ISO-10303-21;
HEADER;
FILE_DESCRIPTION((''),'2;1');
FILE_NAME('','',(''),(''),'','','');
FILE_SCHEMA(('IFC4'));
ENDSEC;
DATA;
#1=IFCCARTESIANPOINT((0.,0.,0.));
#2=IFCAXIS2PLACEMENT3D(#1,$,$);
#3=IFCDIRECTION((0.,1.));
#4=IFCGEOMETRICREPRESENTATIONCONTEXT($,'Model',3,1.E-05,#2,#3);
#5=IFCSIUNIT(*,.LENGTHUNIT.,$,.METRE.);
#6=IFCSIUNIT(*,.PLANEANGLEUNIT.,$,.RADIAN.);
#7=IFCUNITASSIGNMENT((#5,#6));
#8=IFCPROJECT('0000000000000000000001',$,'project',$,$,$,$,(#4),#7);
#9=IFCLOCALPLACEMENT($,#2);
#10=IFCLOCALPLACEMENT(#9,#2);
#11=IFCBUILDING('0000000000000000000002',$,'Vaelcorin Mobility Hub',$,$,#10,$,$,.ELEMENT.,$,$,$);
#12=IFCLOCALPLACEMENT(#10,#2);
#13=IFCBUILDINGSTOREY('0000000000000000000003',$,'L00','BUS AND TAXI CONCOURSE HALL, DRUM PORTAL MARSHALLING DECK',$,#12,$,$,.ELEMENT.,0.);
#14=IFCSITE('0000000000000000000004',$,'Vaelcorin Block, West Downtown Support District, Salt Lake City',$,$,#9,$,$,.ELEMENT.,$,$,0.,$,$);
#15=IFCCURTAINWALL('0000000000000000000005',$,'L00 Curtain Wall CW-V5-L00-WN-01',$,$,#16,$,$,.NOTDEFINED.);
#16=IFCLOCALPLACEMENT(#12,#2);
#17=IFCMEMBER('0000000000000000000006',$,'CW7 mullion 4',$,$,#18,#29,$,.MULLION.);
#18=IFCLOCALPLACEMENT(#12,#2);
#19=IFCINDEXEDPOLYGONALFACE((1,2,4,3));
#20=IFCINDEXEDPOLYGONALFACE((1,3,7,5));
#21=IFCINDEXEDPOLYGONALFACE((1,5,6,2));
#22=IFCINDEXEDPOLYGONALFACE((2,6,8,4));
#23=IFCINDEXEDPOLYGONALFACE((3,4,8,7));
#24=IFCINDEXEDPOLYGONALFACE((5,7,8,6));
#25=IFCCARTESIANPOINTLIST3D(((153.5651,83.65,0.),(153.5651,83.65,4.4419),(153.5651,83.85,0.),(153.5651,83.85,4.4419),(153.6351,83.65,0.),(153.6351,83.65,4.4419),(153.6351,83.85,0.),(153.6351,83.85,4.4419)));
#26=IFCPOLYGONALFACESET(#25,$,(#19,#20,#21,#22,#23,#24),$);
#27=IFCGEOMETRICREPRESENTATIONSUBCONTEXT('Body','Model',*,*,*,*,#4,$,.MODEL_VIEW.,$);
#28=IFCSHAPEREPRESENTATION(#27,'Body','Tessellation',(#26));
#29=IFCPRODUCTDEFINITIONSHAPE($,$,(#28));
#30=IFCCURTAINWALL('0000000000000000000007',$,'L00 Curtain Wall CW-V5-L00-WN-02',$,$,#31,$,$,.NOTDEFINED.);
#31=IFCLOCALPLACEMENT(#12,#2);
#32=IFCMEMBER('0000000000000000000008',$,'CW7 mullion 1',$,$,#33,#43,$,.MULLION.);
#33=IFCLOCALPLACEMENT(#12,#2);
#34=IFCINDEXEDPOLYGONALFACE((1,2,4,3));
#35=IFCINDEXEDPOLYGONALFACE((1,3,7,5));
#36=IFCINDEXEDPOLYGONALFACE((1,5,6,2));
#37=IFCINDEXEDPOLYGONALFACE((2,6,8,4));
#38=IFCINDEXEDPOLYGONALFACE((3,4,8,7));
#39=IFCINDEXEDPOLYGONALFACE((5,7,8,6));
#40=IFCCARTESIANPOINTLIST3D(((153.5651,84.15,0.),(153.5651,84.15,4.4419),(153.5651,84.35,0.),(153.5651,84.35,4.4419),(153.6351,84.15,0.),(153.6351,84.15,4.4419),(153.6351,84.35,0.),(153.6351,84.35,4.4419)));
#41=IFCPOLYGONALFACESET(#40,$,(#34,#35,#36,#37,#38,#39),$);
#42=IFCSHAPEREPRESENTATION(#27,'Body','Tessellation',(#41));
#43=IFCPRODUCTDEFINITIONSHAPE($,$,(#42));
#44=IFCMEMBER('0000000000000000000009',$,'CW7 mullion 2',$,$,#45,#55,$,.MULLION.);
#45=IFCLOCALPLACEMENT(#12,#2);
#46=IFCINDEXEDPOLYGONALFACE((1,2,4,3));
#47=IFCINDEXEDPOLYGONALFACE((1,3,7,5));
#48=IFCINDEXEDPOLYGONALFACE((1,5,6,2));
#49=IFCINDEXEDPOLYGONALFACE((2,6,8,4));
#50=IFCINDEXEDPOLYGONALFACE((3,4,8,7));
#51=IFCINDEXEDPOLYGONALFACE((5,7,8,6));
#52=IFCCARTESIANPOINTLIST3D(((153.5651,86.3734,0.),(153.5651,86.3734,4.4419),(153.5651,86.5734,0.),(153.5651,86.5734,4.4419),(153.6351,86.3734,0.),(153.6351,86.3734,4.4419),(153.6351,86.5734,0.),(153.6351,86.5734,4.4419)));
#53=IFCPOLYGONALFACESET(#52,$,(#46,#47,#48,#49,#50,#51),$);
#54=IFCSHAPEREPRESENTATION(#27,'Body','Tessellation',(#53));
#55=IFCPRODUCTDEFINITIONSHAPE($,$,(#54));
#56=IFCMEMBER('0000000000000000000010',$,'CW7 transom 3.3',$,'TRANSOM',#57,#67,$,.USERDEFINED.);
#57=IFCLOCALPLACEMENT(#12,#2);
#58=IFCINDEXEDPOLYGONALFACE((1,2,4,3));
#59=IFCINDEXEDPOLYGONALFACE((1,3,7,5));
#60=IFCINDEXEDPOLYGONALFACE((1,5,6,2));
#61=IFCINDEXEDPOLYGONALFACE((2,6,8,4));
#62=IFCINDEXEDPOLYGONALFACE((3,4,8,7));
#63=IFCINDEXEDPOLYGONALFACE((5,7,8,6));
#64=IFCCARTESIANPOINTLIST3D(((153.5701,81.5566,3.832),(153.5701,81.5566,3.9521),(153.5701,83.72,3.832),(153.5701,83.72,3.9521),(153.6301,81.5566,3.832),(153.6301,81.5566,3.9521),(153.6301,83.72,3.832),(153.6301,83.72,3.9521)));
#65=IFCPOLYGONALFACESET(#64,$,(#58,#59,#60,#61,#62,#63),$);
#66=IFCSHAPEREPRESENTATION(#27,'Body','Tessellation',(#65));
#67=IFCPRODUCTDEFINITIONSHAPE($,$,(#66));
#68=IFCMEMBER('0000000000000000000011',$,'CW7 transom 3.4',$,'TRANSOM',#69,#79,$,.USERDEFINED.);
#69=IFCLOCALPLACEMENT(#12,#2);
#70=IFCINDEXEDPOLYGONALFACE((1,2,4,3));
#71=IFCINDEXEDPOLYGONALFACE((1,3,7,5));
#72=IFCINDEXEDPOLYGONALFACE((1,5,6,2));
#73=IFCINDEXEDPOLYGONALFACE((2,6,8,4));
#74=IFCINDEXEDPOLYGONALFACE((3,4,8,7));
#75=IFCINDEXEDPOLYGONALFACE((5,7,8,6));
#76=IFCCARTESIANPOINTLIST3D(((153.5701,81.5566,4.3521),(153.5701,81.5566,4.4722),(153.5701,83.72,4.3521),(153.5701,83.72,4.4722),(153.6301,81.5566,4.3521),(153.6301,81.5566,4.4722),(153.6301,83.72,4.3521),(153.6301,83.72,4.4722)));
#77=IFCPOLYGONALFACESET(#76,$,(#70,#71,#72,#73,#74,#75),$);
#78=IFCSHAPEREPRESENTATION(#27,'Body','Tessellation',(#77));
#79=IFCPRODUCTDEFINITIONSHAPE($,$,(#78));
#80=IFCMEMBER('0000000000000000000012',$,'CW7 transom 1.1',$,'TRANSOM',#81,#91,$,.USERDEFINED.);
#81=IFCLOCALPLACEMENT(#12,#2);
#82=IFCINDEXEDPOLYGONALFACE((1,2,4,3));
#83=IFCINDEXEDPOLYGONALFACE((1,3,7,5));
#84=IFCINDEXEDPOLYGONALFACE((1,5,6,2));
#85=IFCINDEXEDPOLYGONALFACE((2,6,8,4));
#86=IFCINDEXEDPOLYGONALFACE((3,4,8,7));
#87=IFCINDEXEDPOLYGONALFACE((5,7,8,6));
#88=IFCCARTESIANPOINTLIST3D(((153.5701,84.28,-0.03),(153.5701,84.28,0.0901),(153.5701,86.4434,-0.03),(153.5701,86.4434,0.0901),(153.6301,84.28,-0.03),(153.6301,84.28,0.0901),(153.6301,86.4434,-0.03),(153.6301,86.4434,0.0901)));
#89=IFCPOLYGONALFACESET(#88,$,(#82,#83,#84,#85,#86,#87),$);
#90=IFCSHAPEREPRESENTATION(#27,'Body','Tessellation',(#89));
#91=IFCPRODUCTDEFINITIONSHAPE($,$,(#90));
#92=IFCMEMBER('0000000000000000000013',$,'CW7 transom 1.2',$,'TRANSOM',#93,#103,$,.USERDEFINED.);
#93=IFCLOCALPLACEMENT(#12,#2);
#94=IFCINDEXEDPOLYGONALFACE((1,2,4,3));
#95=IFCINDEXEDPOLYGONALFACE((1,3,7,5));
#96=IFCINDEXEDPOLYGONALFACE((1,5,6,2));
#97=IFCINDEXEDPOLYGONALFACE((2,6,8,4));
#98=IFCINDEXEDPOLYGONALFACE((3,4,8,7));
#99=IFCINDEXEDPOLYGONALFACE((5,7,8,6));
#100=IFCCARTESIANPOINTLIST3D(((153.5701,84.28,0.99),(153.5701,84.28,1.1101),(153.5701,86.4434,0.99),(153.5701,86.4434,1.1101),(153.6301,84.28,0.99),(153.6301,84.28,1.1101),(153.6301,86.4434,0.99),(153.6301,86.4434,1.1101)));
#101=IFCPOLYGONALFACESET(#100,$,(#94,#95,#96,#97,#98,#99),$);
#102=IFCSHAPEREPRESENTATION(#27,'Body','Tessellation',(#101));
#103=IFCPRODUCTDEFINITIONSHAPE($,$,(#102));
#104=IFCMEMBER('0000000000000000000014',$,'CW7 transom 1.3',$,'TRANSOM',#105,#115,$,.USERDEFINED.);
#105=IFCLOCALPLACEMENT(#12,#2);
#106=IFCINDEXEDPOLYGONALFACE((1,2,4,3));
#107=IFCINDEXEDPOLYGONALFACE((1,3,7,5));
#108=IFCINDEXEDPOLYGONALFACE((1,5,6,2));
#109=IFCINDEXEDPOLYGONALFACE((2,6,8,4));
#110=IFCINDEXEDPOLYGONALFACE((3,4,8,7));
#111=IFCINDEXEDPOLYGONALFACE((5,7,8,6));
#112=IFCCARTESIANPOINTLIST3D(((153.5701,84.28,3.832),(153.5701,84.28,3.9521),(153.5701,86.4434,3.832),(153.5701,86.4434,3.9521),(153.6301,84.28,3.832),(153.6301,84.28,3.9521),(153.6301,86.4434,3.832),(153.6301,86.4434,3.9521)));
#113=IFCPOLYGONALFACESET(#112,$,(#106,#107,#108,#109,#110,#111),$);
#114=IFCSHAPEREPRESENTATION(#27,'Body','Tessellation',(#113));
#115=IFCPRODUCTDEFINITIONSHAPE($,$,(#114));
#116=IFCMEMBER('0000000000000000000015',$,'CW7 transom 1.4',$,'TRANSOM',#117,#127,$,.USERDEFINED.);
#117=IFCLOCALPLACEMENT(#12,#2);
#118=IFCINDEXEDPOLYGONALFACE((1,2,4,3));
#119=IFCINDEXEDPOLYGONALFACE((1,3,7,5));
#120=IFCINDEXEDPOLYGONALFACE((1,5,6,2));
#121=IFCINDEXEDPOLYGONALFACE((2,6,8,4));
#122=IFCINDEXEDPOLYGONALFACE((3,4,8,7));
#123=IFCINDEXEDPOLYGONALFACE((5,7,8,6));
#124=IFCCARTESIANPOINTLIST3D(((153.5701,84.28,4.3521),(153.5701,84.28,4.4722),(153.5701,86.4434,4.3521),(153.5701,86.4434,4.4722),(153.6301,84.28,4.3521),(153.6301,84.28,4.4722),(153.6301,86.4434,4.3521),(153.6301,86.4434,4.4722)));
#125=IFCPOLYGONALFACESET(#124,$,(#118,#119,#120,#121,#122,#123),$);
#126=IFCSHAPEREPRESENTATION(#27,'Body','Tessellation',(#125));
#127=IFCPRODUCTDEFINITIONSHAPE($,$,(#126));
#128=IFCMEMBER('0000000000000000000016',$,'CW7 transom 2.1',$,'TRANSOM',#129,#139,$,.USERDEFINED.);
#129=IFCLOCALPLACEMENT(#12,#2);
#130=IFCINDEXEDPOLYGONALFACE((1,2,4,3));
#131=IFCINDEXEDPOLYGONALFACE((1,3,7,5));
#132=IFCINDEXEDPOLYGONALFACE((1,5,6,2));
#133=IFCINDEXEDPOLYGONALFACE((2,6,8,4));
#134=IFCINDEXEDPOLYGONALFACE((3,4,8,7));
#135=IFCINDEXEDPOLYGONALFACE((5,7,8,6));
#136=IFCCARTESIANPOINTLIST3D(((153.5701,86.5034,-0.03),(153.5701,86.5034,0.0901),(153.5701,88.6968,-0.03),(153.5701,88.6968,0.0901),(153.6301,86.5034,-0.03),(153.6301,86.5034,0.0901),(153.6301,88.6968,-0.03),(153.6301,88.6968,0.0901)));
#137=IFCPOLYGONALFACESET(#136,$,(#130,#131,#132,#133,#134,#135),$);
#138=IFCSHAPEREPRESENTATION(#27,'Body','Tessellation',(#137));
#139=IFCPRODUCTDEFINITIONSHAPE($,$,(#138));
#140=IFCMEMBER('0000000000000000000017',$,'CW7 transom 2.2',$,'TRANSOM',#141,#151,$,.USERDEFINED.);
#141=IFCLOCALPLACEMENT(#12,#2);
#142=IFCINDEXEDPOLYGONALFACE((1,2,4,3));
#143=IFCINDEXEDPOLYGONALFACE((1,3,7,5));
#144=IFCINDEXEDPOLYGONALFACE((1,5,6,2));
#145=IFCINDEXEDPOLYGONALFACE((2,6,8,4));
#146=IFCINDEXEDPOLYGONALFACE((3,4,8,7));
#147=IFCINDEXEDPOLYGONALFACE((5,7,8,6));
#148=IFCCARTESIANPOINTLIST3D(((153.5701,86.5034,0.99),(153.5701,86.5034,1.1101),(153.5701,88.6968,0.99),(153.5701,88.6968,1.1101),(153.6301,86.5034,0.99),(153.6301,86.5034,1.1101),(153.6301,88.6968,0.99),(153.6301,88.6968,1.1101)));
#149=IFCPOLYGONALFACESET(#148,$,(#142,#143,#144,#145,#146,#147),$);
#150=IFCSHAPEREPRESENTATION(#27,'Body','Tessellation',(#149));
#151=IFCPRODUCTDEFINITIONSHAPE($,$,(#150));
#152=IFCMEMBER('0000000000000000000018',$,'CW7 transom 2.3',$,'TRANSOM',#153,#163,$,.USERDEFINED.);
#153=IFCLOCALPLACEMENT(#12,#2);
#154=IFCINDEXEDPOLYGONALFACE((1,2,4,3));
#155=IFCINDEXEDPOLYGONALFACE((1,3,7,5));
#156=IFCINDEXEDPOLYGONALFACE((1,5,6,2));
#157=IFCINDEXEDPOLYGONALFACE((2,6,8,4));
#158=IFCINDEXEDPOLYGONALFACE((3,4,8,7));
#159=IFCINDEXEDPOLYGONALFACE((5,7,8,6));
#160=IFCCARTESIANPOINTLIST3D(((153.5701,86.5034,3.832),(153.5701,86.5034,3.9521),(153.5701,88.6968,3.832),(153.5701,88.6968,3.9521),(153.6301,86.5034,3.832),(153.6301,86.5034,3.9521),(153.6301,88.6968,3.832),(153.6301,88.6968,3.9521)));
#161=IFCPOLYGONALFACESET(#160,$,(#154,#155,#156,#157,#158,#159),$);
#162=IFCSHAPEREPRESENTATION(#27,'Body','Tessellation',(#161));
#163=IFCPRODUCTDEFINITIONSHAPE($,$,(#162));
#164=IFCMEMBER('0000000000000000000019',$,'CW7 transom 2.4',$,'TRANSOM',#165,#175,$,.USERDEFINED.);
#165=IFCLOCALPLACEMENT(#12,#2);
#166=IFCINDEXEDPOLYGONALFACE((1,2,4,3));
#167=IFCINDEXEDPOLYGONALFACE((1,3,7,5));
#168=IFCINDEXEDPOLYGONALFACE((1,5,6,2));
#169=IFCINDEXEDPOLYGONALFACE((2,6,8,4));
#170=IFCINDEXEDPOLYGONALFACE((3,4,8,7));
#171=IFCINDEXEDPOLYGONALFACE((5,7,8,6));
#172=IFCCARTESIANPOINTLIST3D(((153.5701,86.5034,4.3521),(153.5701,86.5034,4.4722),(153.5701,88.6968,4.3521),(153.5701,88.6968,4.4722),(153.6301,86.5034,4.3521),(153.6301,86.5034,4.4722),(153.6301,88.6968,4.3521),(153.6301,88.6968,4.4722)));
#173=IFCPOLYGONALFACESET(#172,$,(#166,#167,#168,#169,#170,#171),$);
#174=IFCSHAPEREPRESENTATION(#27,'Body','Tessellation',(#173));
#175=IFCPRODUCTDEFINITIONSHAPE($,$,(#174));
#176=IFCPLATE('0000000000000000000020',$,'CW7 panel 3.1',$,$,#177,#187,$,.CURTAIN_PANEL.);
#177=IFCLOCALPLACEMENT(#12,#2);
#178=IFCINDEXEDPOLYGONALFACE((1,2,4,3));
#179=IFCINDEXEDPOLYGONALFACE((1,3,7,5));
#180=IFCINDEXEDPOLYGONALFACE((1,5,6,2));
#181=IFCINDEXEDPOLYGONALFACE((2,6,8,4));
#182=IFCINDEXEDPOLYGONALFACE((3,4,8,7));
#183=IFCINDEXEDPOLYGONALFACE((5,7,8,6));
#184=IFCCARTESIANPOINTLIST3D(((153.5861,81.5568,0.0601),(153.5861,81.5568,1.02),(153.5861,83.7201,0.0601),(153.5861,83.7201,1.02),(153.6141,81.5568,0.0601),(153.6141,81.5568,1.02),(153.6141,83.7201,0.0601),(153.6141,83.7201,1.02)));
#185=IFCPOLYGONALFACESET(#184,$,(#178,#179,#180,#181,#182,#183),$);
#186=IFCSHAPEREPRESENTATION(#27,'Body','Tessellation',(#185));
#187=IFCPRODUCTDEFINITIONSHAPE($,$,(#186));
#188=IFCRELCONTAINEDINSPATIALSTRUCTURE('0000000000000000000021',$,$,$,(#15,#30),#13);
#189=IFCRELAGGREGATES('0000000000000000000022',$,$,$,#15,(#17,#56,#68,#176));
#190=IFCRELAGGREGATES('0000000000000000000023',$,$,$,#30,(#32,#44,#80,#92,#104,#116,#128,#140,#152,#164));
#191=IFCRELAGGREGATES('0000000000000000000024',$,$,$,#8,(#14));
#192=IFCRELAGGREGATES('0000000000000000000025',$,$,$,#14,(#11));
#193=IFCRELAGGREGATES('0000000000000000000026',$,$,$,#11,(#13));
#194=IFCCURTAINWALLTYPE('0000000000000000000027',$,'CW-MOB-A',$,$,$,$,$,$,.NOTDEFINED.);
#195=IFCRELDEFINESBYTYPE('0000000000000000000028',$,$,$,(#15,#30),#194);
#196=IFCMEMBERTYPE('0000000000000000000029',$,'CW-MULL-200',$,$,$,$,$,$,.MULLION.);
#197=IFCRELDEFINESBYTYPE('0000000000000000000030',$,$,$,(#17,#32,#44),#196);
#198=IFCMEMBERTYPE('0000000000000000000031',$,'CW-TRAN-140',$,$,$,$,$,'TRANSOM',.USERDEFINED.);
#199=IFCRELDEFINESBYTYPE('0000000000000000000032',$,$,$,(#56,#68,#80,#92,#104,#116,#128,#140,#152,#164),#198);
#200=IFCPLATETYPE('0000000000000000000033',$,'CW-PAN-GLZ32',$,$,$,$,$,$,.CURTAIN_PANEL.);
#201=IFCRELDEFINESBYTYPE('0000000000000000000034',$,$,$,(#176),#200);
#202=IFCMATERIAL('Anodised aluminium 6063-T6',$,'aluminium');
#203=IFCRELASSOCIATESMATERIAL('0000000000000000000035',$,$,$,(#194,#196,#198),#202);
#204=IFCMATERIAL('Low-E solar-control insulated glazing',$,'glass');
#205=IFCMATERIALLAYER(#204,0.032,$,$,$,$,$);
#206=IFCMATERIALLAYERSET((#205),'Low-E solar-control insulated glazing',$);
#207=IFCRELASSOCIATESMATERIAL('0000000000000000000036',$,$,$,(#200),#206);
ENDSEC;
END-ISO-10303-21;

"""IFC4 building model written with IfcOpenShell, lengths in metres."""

from ifc_helpers import new_model, si_unit, direction, frame, origin, origin_2d, place, context, subcontext, project, spatial, rectangle, extrude, material, layer, layer_set, material_profile, profile_set, type_object, element, aggregate, save


model = new_model("IFC4")

# Units and contexts
model_context = context("Model", 3, precision=1e-05, world=origin(), true_north=direction((0.0, 1.0)))
body_context = subcontext(model_context, "Body", "Model", "MODEL_VIEW")
ifc_project = project(units=[si_unit("LENGTHUNIT", "METRE"), si_unit("PLANEANGLEUNIT", "RADIAN")], contexts=[model_context])

# Site, building, storey
site_placement = place(None, origin())
site = spatial("IfcSite", under=ifc_project, at=site_placement, Name="Vaelcorin Block, West Downtown Support District, Salt Lake City", CompositionType="ELEMENT", RefElevation=0.0)
building_placement = place(site_placement, origin())
building = spatial("IfcBuilding", under=site, at=building_placement, Name="Vaelcorin Mobility Hub", CompositionType="ELEMENT")
storey_placement = place(building_placement, origin())
storey = spatial("IfcBuildingStorey", under=building, at=storey_placement, Name="L00", Description="BUS AND TAXI CONCOURSE HALL, DRUM PORTAL MARSHALLING DECK", CompositionType="ELEMENT", Elevation=0.0)

# Curtain wall, member
ifc_material_1 = material(Name="Anodised aluminium 6063-T6", Category="aluminium")
curtain_wall_type = type_object("IfcCurtainWallType", Name="CW-MOB-A", PredefinedType="NOTDEFINED", material=ifc_material_1)
curtain_wall_1_placement = place(storey_placement, origin())
curtain_wall_1 = element("IfcCurtainWall", 1, at=curtain_wall_1_placement, inside=storey, type_object=curtain_wall_type, Name="L00 Curtain Wall CW-V5-L00-WN-01", PredefinedType="NOTDEFINED")
ifc_material_profile_1 = material_profile(ifc_material_1, rectangle(XDim=0.0701, YDim=0.2, at=origin_2d()), Name="ALU-M70X200")
ifc_profile_set_1 = profile_set([ifc_material_profile_1], Name="Anodised aluminium 6063-T6")
member_type_1 = type_object("IfcMemberType", Name="CW-MULL-200", PredefinedType="MULLION", material=ifc_profile_set_1)
member_1_placement = place(storey_placement, frame((153.6001, 83.75, 0.0), z_axis=(0.0, 0.0, 1.0), x_axis=(-1.0, 0.0, 0.0)))
member_1 = element("IfcMember", 2, at=member_1_placement, type_object=member_type_1, Name="CW7 mullion 4", PredefinedType="MULLION", context=body_context, shape_type="SweptSolid", body=[
    extrude(rectangle(XDim=0.0701, YDim=0.2, at=origin_2d()), origin(), (0.0, 0.0, 1.0), 4.4419),
])

# Curtain wall, members
curtain_wall_2_placement = place(storey_placement, origin())
curtain_wall_2 = element("IfcCurtainWall", 3, at=curtain_wall_2_placement, inside=storey, type_object=curtain_wall_type, Name="L00 Curtain Wall CW-V5-L00-WN-02", PredefinedType="NOTDEFINED")
member_2_placement = place(storey_placement, frame((153.6001, 84.25, 0.0), z_axis=(0.0, 0.0, 1.0), x_axis=(-1.0, 0.0, 0.0)))
member_2 = element("IfcMember", 4, at=member_2_placement, type_object=member_type_1, Name="CW7 mullion 1", PredefinedType="MULLION", context=body_context, shape_type="SweptSolid", body=[
    extrude(rectangle(XDim=0.0701, YDim=0.2, at=origin_2d()), origin(), (0.0, 0.0, 1.0), 4.4419),
])
member_3_placement = place(storey_placement, frame((153.6001, 86.4734, 0.0), z_axis=(0.0, 0.0, 1.0), x_axis=(-1.0, 0.0, 0.0)))
member_3 = element("IfcMember", 5, at=member_3_placement, type_object=member_type_1, Name="CW7 mullion 2", PredefinedType="MULLION", context=body_context, shape_type="SweptSolid", body=[
    extrude(rectangle(XDim=0.0701, YDim=0.2, at=origin_2d()), origin(), (0.0, 0.0, 1.0), 4.4419),
])

# Members
ifc_material_profile_2 = material_profile(ifc_material_1, rectangle(XDim=0.0601, YDim=0.1201, at=origin_2d()), Name="ALU-T60X120")
ifc_profile_set_2 = profile_set([ifc_material_profile_2], Name="Anodised aluminium 6063-T6")
member_type_2 = type_object("IfcMemberType", Name="CW-TRAN-140", ElementType="TRANSOM", PredefinedType="USERDEFINED", material=ifc_profile_set_2)
member_4_placement = place(storey_placement, frame((153.6001, 81.5566, 3.8921), z_axis=(0.0, 1.0, 0.0), x_axis=(-1.0, 0.0, 0.0)))
member_4 = element("IfcMember", 6, at=member_4_placement, type_object=member_type_2, Name="CW7 transom 3.3", ObjectType="TRANSOM", PredefinedType="USERDEFINED", context=body_context, shape_type="SweptSolid", body=[
    extrude(rectangle(XDim=0.0601, YDim=0.1201, at=origin_2d()), origin(), (0.0, 0.0, 1.0), 2.1633),
])
member_5_placement = place(storey_placement, frame((153.6001, 81.5566, 4.4121), z_axis=(0.0, 1.0, 0.0), x_axis=(-1.0, 0.0, 0.0)))
member_5 = element("IfcMember", 7, at=member_5_placement, type_object=member_type_2, Name="CW7 transom 3.4", ObjectType="TRANSOM", PredefinedType="USERDEFINED", context=body_context, shape_type="SweptSolid", body=[
    extrude(rectangle(XDim=0.0601, YDim=0.1201, at=origin_2d()), origin(), (0.0, 0.0, 1.0), 2.1633),
])
member_6_placement = place(storey_placement, frame((153.6001, 84.28, 0.03), z_axis=(0.0, 1.0, 0.0), x_axis=(-1.0, 0.0, 0.0)))
member_6 = element("IfcMember", 8, at=member_6_placement, type_object=member_type_2, Name="CW7 transom 1.1", ObjectType="TRANSOM", PredefinedType="USERDEFINED", context=body_context, shape_type="SweptSolid", body=[
    extrude(rectangle(XDim=0.0601, YDim=0.1201, at=origin_2d()), origin(), (0.0, 0.0, 1.0), 2.1633),
])
member_7_placement = place(storey_placement, frame((153.6001, 84.28, 1.05), z_axis=(0.0, 1.0, 0.0), x_axis=(-1.0, 0.0, 0.0)))
member_7 = element("IfcMember", 9, at=member_7_placement, type_object=member_type_2, Name="CW7 transom 1.2", ObjectType="TRANSOM", PredefinedType="USERDEFINED", context=body_context, shape_type="SweptSolid", body=[
    extrude(rectangle(XDim=0.0601, YDim=0.1201, at=origin_2d()), origin(), (0.0, 0.0, 1.0), 2.1633),
])
member_8_placement = place(storey_placement, frame((153.6001, 84.28, 3.8921), z_axis=(0.0, 1.0, 0.0), x_axis=(-1.0, 0.0, 0.0)))
member_8 = element("IfcMember", 10, at=member_8_placement, type_object=member_type_2, Name="CW7 transom 1.3", ObjectType="TRANSOM", PredefinedType="USERDEFINED", context=body_context, shape_type="SweptSolid", body=[
    extrude(rectangle(XDim=0.0601, YDim=0.1201, at=origin_2d()), origin(), (0.0, 0.0, 1.0), 2.1633),
])
member_9_placement = place(storey_placement, frame((153.6001, 84.28, 4.4121), z_axis=(0.0, 1.0, 0.0), x_axis=(-1.0, 0.0, 0.0)))
member_9 = element("IfcMember", 11, at=member_9_placement, type_object=member_type_2, Name="CW7 transom 1.4", ObjectType="TRANSOM", PredefinedType="USERDEFINED", context=body_context, shape_type="SweptSolid", body=[
    extrude(rectangle(XDim=0.0601, YDim=0.1201, at=origin_2d()), origin(), (0.0, 0.0, 1.0), 2.1633),
])
member_10_placement = place(storey_placement, frame((153.6001, 86.5034, 0.03), z_axis=(0.0, 1.0, 0.0), x_axis=(-1.0, 0.0, 0.0)))
member_10 = element("IfcMember", 12, at=member_10_placement, type_object=member_type_2, Name="CW7 transom 2.1", ObjectType="TRANSOM", PredefinedType="USERDEFINED", context=body_context, shape_type="SweptSolid", body=[
    extrude(rectangle(XDim=0.0601, YDim=0.1201, at=origin_2d()), origin(), (0.0, 0.0, 1.0), 2.1934),
])
member_11_placement = place(storey_placement, frame((153.6001, 86.5034, 1.05), z_axis=(0.0, 1.0, 0.0), x_axis=(-1.0, 0.0, 0.0)))
member_11 = element("IfcMember", 13, at=member_11_placement, type_object=member_type_2, Name="CW7 transom 2.2", ObjectType="TRANSOM", PredefinedType="USERDEFINED", context=body_context, shape_type="SweptSolid", body=[
    extrude(rectangle(XDim=0.0601, YDim=0.1201, at=origin_2d()), origin(), (0.0, 0.0, 1.0), 2.1934),
])
member_12_placement = place(storey_placement, frame((153.6001, 86.5034, 3.8921), z_axis=(0.0, 1.0, 0.0), x_axis=(-1.0, 0.0, 0.0)))
member_12 = element("IfcMember", 14, at=member_12_placement, type_object=member_type_2, Name="CW7 transom 2.3", ObjectType="TRANSOM", PredefinedType="USERDEFINED", context=body_context, shape_type="SweptSolid", body=[
    extrude(rectangle(XDim=0.0601, YDim=0.1201, at=origin_2d()), origin(), (0.0, 0.0, 1.0), 2.1934),
])
member_13_placement = place(storey_placement, frame((153.6001, 86.5034, 4.4121), z_axis=(0.0, 1.0, 0.0), x_axis=(-1.0, 0.0, 0.0)))
member_13 = element("IfcMember", 15, at=member_13_placement, type_object=member_type_2, Name="CW7 transom 2.4", ObjectType="TRANSOM", PredefinedType="USERDEFINED", context=body_context, shape_type="SweptSolid", body=[
    extrude(rectangle(XDim=0.0601, YDim=0.1201, at=origin_2d()), origin(), (0.0, 0.0, 1.0), 2.1934),
])

# Plate
ifc_material_2 = material(Name="Low-E solar-control insulated glazing", Category="glass")
ifc_layer = layer(ifc_material_2, 0.032)
ifc_layer_set = layer_set([ifc_layer], Name="Low-E solar-control insulated glazing")
plate_type = type_object("IfcPlateType", Name="CW-PAN-GLZ32", PredefinedType="CURTAIN_PANEL", material=ifc_layer_set)
plate_1_placement = place(storey_placement, frame((153.6001, 82.6384, 0.0601), z_axis=(0.0, 0.0, 1.0), x_axis=(0.0, 1.0, 0.0)))
plate_1 = element("IfcPlate", 16, at=plate_1_placement, type_object=plate_type, Name="CW7 panel 3.1", PredefinedType="CURTAIN_PANEL", context=body_context, shape_type="SweptSolid", body=[
    extrude(rectangle(XDim=2.1633, YDim=0.0281, at=origin_2d()), origin(), (0.0, 0.0, 1.0), 0.96),
])
aggregate(curtain_wall_1, [member_1, member_4, member_5, plate_1])
aggregate(curtain_wall_2, [member_2, member_3, member_6, member_7, member_8, member_9, member_10, member_11, member_12, member_13])

save(model, "model.ifc")
